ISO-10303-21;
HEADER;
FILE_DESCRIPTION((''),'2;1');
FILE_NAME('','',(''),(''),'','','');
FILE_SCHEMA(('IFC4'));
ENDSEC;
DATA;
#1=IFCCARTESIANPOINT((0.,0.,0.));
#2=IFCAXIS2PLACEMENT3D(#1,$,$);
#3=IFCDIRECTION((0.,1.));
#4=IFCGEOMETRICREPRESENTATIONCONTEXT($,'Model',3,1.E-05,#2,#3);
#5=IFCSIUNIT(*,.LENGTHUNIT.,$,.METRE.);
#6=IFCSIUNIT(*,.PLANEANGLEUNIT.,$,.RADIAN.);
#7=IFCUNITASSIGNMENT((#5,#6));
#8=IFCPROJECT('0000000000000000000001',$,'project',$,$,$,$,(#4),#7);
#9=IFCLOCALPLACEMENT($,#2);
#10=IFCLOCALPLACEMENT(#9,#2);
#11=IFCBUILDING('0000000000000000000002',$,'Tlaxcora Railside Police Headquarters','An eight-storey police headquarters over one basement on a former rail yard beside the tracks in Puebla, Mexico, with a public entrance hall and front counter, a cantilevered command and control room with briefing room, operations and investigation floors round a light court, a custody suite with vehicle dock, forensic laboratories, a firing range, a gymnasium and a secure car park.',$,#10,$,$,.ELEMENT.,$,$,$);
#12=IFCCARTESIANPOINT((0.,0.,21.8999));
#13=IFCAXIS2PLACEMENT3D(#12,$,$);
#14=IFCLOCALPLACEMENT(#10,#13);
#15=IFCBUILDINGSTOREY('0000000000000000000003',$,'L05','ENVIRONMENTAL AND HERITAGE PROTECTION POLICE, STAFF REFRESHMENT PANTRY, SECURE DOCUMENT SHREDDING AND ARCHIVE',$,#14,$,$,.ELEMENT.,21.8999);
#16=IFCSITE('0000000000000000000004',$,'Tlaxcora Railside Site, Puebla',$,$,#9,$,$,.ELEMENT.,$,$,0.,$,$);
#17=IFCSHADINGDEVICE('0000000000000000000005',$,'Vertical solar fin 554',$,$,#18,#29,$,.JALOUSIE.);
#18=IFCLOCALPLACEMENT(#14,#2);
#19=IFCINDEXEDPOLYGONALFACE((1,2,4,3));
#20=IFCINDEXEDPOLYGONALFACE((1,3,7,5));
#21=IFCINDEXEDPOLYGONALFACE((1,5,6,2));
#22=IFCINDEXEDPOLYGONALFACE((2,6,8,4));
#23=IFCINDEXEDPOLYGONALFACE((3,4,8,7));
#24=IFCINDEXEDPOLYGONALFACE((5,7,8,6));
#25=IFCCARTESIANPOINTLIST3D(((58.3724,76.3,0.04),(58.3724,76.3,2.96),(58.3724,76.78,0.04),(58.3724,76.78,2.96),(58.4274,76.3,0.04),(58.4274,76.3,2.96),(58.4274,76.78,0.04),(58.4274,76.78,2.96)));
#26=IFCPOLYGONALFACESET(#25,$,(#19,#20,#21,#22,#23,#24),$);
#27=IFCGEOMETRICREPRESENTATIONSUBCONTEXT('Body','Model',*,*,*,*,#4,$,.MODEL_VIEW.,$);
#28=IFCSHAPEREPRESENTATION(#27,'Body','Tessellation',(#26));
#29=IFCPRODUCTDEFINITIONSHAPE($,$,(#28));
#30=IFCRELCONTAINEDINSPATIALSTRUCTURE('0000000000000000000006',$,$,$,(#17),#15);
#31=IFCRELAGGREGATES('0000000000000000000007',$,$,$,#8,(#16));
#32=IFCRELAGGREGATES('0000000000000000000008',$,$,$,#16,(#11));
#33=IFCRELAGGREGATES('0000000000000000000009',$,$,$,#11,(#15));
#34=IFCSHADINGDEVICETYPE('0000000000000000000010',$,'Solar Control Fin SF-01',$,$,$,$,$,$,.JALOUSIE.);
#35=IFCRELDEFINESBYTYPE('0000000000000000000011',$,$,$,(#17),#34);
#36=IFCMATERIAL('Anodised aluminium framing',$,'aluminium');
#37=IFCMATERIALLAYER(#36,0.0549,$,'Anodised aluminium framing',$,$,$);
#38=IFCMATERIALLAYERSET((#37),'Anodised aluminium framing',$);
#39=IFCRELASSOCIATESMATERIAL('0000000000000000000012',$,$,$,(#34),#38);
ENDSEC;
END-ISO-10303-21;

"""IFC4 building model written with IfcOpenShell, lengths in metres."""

from ifc_helpers import new_model, si_unit, direction, frame, origin, origin_2d, place, context, subcontext, project, spatial, rectangle, extrude, material, layer, layer_set, type_object, element, save


model = new_model("IFC4")

# Units and contexts
model_context = context("Model", 3, precision=1e-05, world=origin(), true_north=direction((0.0, 1.0)))
body_context = subcontext(model_context, "Body", "Model", "MODEL_VIEW")
ifc_project = project(units=[si_unit("LENGTHUNIT", "METRE"), si_unit("PLANEANGLEUNIT", "RADIAN")], contexts=[model_context])

# Site, building, storey
site_placement = place(None, origin())
site = spatial("IfcSite", under=ifc_project, at=site_placement, Name="Tlaxcora Railside Site, Puebla", CompositionType="ELEMENT", RefElevation=0.0)
building_placement = place(site_placement, origin())
building = spatial("IfcBuilding", under=site, at=building_placement, Name="Tlaxcora Railside Police Headquarters", Description="An eight-storey police headquarters over one basement on a former rail yard beside the tracks in Puebla, Mexico, with a public entrance hall and front counter, a cantilevered command and control room with briefing room, operations and investigation floors round a light court, a custody suite with vehicle dock, forensic laboratories, a firing range, a gymnasium and a secure car park.", CompositionType="ELEMENT")
storey_placement = place(building_placement, frame((0.0, 0.0, 21.8999)))
storey = spatial("IfcBuildingStorey", under=building, at=storey_placement, Name="L05", Description="ENVIRONMENTAL AND HERITAGE PROTECTION POLICE, STAFF REFRESHMENT PANTRY, SECURE DOCUMENT SHREDDING AND ARCHIVE", CompositionType="ELEMENT", Elevation=21.8999)

# Shared definitions
ifc_material_1 = material(Name="Anodised aluminium framing", Category="aluminium")

# Shading device
ifc_layer_1 = layer(ifc_material_1, 0.0549, Name="Anodised aluminium framing")
ifc_layer_set_1 = layer_set([ifc_layer_1], Name="Anodised aluminium framing")
shading_device_type = type_object("IfcShadingDeviceType", Name="Solar Control Fin SF-01", PredefinedType="JALOUSIE", material=ifc_layer_set_1)
for number, where, z_axis, x_axis, name in (
    (1, (58.3999, 76.54, 0.04), (0.0, 0.0, 1.0), (0.0, -1.0, 0.0), "Vertical solar fin 554"),
):
    element("IfcShadingDevice", number, at=place(storey_placement, frame(where, z_axis=z_axis, x_axis=x_axis)), inside=storey, type_object=shading_device_type, Name=name, PredefinedType="JALOUSIE", context=body_context, shape_type="SweptSolid", body=[
        extrude(rectangle(XDim=0.48, YDim=0.0549, at=origin_2d()), origin(), (0.0, 0.0, 1.0), 2.9199),
    ])

save(model, "model.ifc")
